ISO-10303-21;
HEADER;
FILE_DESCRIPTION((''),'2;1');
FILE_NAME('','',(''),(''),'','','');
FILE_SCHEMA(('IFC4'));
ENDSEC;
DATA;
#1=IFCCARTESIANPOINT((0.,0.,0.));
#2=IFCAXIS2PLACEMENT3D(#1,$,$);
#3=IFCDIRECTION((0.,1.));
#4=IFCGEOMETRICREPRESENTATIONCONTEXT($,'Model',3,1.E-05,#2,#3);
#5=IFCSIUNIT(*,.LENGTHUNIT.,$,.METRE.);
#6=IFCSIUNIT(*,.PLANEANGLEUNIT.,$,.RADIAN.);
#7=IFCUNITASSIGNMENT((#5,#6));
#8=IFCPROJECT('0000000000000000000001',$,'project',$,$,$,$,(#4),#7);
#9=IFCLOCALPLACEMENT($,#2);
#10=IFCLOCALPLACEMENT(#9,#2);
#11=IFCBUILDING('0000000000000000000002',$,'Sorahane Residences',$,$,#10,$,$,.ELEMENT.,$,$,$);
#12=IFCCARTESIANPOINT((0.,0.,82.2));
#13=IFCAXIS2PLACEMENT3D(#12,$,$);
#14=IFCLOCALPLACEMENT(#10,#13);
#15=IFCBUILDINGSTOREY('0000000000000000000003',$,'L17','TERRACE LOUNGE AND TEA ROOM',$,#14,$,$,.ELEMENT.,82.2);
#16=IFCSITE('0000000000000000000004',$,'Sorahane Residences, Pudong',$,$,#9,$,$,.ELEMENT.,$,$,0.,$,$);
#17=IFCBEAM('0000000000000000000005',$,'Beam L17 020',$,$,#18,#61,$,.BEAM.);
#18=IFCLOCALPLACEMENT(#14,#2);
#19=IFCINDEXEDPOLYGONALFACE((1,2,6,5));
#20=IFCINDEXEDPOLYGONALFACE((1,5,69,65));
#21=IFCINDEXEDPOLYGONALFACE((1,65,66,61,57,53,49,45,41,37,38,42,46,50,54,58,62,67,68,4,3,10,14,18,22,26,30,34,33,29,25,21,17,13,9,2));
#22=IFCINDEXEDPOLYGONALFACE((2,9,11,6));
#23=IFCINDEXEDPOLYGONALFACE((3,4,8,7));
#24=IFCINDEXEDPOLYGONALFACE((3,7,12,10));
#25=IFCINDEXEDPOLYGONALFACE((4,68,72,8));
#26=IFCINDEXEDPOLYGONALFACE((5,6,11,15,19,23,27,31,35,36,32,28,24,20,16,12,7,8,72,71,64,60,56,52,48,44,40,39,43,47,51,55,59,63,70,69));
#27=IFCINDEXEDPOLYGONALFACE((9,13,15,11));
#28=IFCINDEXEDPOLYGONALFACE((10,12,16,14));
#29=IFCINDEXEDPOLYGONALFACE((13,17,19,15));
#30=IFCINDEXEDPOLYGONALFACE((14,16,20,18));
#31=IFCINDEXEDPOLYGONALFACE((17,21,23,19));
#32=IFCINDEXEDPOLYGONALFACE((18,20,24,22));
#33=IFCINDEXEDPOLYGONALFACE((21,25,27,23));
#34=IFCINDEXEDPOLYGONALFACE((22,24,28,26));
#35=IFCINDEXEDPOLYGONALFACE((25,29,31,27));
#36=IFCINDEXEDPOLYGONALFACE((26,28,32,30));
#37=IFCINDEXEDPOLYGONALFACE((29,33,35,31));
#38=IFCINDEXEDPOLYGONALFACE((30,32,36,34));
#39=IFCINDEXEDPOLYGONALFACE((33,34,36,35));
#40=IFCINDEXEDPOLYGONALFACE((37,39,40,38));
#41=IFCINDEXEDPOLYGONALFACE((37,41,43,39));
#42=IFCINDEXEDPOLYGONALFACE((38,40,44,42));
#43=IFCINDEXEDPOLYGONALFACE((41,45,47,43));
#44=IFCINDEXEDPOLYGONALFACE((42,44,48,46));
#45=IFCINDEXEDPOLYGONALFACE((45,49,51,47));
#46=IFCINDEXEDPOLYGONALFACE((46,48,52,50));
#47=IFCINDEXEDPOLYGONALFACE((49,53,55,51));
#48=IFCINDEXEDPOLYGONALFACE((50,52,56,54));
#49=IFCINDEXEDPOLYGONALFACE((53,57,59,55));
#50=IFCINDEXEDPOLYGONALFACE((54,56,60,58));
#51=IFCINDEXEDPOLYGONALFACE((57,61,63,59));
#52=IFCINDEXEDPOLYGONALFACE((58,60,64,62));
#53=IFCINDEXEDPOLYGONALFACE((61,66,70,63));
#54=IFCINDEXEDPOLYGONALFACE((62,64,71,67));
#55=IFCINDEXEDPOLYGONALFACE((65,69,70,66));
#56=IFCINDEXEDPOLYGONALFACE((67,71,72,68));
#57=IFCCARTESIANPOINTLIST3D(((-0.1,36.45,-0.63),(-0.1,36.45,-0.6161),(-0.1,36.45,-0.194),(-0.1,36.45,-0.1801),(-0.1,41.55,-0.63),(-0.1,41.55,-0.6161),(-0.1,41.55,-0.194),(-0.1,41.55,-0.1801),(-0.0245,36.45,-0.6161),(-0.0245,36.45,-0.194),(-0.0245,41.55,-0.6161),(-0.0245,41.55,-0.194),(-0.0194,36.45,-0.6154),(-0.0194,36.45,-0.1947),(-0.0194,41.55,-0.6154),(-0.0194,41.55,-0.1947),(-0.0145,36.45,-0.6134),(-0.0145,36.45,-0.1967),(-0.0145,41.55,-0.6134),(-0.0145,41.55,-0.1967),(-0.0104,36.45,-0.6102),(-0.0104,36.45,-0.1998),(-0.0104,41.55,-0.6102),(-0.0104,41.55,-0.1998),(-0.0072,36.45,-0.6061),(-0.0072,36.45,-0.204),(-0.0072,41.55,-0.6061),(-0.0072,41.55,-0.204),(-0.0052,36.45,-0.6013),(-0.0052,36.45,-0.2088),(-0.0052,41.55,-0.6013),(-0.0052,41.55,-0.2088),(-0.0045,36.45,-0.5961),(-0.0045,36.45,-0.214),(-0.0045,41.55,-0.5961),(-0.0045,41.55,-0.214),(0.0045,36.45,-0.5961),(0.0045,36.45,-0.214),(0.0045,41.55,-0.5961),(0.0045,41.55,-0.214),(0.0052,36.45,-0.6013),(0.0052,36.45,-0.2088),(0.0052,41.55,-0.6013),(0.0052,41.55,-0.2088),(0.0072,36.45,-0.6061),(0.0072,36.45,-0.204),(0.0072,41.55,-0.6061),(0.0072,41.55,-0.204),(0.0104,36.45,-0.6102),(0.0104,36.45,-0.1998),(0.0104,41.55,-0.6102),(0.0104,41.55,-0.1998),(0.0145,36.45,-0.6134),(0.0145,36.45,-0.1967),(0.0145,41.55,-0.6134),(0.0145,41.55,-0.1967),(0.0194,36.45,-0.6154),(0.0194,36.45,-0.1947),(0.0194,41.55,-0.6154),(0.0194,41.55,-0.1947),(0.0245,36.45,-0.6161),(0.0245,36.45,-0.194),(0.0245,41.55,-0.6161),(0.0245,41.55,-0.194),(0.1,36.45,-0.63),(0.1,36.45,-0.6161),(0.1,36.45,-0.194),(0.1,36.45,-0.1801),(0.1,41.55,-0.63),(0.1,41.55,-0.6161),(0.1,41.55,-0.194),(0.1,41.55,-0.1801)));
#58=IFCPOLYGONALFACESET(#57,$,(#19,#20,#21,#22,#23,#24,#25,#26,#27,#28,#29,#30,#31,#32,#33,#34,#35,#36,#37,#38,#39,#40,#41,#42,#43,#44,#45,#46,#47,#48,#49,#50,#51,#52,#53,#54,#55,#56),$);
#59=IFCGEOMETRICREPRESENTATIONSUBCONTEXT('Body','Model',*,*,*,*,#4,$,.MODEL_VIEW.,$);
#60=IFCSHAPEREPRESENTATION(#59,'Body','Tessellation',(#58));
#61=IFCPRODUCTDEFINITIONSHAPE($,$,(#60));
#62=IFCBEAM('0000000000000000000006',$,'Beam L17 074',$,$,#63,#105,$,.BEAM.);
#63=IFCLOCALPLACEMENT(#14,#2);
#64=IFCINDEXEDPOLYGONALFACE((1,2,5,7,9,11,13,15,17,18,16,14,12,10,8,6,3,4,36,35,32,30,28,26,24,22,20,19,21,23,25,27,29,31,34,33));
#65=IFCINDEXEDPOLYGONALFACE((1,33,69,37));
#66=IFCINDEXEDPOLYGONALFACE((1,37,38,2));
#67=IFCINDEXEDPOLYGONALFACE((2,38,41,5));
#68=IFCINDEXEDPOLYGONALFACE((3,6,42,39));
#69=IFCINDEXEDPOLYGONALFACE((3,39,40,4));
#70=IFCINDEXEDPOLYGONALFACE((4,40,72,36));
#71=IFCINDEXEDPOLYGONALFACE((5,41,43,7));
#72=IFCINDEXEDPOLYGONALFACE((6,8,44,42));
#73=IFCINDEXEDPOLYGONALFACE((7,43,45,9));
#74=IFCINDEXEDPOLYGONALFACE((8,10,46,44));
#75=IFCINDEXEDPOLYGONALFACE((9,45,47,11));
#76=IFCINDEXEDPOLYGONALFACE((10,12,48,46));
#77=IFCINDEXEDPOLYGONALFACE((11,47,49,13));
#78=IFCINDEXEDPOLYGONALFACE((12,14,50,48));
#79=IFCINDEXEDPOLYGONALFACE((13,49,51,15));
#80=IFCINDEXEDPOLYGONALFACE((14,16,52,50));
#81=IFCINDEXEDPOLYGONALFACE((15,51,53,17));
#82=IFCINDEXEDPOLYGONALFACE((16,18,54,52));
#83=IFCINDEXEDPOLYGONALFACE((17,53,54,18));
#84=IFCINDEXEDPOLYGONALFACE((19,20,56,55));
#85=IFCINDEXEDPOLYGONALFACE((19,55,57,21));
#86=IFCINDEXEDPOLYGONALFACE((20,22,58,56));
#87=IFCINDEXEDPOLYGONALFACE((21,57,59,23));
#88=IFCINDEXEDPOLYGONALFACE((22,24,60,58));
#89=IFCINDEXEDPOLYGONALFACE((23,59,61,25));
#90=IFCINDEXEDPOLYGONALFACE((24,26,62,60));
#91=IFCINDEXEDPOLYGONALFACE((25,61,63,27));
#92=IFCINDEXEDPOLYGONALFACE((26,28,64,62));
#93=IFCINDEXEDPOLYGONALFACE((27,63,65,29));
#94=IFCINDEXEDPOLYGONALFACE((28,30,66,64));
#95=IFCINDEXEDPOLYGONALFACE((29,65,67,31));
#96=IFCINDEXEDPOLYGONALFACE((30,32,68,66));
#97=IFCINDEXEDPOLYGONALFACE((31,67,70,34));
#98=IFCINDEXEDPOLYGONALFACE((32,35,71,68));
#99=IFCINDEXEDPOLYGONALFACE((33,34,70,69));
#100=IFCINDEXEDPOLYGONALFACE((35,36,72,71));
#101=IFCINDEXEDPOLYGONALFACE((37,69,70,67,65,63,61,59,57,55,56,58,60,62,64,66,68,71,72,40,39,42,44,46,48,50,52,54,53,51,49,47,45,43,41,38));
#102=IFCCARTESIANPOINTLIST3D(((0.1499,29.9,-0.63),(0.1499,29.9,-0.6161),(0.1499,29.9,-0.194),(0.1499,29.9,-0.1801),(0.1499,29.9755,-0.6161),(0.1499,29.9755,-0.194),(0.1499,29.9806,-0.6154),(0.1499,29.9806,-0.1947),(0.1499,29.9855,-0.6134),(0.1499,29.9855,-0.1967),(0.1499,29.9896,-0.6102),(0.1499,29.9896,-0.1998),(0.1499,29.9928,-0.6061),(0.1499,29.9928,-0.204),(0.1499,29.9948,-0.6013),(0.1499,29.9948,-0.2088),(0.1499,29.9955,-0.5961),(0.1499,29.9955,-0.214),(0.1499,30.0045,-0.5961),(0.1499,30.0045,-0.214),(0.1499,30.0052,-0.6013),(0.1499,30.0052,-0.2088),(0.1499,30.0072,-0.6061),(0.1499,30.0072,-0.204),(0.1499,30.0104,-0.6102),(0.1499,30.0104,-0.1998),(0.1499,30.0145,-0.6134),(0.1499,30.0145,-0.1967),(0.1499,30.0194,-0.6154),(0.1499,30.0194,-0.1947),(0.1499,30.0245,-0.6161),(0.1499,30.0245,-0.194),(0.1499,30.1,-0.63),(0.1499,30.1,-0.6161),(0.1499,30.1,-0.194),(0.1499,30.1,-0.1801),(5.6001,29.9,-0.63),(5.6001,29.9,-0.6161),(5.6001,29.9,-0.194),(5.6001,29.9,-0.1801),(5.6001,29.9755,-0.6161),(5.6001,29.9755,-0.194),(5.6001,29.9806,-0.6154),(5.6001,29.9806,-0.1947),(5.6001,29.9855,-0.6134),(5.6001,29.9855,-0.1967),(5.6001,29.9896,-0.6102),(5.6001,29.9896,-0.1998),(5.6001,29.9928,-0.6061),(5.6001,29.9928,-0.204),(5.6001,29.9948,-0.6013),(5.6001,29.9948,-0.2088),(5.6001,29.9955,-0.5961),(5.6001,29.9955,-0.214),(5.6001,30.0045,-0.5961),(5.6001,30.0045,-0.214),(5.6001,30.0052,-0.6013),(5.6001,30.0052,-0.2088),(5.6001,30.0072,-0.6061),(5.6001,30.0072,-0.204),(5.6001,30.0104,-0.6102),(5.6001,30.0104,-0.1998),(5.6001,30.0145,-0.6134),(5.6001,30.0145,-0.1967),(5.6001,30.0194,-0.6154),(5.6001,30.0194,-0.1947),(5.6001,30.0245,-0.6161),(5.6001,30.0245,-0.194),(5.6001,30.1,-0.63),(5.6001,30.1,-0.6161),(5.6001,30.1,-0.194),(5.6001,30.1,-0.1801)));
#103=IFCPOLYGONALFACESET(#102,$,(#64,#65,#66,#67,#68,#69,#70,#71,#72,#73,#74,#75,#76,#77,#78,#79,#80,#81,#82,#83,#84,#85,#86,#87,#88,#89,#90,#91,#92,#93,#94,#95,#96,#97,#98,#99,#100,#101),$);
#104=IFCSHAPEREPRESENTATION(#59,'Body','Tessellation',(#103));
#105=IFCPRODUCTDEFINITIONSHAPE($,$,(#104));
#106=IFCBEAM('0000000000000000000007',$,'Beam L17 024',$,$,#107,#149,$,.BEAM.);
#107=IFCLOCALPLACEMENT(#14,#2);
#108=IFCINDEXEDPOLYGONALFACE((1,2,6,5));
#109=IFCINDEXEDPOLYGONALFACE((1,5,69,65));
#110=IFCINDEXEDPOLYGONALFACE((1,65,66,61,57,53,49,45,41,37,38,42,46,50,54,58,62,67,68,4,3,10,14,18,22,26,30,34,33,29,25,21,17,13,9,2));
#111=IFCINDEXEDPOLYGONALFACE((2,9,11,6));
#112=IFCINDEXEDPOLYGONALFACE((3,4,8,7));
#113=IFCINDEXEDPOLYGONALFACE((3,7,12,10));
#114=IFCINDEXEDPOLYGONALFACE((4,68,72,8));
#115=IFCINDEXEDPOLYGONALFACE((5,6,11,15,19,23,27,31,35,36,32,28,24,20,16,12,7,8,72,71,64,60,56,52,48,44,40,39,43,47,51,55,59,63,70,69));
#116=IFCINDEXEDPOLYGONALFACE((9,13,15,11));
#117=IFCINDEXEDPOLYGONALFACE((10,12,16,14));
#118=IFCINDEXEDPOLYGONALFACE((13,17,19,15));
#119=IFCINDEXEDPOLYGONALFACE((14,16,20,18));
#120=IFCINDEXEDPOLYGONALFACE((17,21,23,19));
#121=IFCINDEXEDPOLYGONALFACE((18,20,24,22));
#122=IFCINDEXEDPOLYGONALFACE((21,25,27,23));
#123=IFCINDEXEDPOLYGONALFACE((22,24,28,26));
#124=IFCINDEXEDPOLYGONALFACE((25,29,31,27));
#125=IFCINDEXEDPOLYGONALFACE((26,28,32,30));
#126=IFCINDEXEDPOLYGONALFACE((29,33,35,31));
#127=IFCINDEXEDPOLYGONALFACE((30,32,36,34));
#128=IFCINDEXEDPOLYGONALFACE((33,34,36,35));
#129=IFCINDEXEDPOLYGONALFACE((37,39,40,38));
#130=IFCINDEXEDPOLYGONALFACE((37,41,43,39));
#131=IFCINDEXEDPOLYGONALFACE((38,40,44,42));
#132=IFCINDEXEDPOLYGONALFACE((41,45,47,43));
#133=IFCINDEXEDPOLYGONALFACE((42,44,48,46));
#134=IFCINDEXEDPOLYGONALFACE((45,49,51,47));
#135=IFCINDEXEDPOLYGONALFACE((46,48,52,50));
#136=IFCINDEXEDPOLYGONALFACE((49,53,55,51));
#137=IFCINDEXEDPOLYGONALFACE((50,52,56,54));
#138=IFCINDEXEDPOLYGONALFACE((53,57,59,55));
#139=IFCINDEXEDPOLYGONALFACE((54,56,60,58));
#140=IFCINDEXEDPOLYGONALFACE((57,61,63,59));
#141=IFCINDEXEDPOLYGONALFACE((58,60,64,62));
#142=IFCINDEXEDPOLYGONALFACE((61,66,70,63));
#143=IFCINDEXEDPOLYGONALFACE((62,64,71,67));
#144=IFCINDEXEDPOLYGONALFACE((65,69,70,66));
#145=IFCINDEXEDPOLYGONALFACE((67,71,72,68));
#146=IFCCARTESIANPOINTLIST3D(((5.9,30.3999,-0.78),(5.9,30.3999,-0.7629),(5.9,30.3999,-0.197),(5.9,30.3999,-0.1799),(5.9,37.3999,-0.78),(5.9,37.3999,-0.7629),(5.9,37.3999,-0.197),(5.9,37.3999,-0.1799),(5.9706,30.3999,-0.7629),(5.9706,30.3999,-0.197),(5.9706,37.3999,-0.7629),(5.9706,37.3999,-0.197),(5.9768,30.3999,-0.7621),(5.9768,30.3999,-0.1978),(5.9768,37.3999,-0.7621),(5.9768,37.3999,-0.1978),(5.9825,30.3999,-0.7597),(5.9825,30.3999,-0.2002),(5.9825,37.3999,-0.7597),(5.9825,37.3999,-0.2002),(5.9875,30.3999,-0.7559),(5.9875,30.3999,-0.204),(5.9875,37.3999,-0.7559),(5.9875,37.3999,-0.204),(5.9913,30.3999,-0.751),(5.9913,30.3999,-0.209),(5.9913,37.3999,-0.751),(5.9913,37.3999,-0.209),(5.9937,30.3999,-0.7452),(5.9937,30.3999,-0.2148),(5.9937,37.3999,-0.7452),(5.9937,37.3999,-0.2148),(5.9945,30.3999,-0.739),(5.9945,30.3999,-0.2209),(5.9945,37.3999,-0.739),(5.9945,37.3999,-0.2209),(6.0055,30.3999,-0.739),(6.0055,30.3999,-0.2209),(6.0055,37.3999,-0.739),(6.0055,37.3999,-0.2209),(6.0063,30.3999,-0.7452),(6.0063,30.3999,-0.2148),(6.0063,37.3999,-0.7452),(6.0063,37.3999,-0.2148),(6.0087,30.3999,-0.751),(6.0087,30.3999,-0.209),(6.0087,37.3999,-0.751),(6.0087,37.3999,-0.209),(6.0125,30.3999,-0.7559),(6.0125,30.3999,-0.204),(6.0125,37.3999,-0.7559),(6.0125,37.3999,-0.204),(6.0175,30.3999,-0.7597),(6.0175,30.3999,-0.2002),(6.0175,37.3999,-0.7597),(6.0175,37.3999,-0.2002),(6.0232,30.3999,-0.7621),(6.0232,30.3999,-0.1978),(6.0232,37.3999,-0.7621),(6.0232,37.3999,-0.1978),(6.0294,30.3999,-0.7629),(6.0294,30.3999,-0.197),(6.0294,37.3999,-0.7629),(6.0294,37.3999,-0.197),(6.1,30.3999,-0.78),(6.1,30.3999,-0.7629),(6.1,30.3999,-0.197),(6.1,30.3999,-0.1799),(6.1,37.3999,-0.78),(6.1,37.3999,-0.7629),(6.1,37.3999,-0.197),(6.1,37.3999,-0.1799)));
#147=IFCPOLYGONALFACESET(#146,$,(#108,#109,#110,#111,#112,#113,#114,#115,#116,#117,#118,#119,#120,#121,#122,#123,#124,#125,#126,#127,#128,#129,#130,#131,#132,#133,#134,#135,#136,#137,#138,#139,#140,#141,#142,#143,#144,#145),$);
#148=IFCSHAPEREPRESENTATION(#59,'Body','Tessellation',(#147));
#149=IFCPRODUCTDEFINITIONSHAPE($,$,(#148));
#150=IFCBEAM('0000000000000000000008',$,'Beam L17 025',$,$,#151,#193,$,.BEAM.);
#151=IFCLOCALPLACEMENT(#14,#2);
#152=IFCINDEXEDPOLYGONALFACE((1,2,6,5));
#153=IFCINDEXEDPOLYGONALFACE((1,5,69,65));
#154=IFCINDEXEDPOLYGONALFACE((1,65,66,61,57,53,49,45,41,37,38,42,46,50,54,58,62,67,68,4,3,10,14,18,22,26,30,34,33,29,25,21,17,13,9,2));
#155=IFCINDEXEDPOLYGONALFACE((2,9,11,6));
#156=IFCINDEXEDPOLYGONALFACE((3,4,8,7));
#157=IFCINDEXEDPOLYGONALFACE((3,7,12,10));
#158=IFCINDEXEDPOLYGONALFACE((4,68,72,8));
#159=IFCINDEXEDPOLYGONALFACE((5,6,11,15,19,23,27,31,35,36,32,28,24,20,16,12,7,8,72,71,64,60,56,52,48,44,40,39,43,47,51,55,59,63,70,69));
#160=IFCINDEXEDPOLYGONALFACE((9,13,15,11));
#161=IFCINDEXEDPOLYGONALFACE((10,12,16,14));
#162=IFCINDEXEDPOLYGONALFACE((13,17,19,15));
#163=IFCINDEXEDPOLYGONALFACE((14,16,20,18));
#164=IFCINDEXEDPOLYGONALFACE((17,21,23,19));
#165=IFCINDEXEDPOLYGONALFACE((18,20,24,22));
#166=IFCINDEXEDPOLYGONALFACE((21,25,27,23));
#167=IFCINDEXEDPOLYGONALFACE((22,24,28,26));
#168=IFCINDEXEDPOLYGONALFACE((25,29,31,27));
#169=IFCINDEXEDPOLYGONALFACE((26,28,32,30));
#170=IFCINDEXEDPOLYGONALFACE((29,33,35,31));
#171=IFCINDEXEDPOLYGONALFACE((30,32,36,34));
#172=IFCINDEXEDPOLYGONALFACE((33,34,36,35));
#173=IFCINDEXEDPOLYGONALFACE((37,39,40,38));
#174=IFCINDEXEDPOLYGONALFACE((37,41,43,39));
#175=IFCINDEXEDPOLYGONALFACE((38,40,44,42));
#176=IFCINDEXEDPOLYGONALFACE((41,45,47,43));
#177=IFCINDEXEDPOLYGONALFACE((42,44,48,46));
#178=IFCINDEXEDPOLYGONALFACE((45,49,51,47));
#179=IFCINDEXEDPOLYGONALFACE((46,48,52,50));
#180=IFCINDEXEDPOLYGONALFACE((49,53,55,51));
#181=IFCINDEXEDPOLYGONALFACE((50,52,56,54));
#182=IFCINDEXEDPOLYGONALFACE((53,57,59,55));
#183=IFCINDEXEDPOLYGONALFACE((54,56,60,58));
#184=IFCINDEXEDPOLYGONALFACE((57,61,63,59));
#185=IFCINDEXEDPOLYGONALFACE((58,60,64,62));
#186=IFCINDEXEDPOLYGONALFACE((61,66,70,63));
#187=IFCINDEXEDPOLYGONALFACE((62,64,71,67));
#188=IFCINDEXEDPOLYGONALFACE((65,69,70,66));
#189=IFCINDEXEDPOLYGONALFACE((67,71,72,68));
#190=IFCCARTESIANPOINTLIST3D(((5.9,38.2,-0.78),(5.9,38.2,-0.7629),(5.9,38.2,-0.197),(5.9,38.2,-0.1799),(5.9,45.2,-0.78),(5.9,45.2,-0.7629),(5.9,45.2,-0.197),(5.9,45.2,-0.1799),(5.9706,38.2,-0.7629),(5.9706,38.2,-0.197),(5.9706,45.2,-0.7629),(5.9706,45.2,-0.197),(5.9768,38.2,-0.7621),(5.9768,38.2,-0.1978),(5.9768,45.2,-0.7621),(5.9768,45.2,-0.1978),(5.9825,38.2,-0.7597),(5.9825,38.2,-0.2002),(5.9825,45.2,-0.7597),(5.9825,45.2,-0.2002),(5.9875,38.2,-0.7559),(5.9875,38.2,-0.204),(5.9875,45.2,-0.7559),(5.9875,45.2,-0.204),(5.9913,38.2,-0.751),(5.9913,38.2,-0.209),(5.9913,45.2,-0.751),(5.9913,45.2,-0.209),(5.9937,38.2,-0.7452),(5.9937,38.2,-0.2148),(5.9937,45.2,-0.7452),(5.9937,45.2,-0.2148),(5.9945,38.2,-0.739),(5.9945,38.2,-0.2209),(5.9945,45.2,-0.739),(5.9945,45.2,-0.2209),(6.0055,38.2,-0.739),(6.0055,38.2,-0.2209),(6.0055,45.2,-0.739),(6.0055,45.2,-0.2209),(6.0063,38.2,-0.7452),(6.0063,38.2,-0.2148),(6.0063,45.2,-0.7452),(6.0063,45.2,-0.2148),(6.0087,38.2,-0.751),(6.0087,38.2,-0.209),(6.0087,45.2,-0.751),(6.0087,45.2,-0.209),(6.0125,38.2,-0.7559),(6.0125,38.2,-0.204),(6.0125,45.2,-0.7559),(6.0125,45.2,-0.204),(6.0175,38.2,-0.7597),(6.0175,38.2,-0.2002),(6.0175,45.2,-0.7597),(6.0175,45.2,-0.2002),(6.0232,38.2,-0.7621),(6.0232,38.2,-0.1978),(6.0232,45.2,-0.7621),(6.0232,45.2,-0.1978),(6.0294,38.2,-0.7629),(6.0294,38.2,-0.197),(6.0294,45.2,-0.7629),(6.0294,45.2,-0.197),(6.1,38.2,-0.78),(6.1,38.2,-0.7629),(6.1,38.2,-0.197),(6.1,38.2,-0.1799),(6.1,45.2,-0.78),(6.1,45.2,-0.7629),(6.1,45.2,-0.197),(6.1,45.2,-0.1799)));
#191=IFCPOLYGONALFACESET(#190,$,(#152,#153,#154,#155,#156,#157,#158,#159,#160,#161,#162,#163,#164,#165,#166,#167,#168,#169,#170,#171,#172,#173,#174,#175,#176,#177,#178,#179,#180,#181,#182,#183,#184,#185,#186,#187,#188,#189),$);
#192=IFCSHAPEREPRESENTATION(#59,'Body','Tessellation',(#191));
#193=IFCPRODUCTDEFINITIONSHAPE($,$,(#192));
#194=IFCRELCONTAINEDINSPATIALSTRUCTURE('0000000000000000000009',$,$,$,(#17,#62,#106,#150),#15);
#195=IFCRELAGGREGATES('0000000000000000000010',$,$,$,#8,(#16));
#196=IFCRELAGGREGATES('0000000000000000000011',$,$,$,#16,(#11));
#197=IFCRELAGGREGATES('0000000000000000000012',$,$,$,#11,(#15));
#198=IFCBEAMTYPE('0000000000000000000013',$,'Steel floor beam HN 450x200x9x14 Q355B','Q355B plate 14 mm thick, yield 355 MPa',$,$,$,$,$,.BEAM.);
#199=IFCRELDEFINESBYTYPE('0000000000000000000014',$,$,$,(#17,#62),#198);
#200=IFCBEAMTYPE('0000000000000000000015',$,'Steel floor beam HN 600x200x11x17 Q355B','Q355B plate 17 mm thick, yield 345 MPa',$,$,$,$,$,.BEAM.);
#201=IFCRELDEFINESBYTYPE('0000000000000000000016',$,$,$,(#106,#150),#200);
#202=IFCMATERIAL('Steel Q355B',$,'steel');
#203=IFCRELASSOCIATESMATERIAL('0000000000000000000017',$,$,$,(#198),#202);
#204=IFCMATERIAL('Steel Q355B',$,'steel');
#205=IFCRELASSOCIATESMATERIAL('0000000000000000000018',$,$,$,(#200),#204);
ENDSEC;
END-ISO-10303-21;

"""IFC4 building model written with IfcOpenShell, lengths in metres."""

from ifc_helpers import new_model, si_unit, direction, frame, origin, origin_2d, place, context, subcontext, project, spatial, i_section, extrude, material, material_profile, profile_set, type_object, element, save


model = new_model("IFC4")

# Units and contexts
model_context = context("Model", 3, precision=1e-05, world=origin(), true_north=direction((0.0, 1.0)))
body_context = subcontext(model_context, "Body", "Model", "MODEL_VIEW")
ifc_project = project(units=[si_unit("LENGTHUNIT", "METRE"), si_unit("PLANEANGLEUNIT", "RADIAN")], contexts=[model_context])

# Site, building, storey
site_placement = place(None, origin())
site = spatial("IfcSite", under=ifc_project, at=site_placement, Name="Sorahane Residences, Pudong", CompositionType="ELEMENT", RefElevation=0.0)
building_placement = place(site_placement, origin())
building = spatial("IfcBuilding", under=site, at=building_placement, Name="Sorahane Residences", CompositionType="ELEMENT")
storey_placement = place(building_placement, frame((0.0, 0.0, 82.2)))
storey = spatial("IfcBuildingStorey", under=building, at=storey_placement, Name="L17", Description="TERRACE LOUNGE AND TEA ROOM", CompositionType="ELEMENT", Elevation=82.2)

# Beams
ifc_material_1 = material(Name="Steel Q355B", Category="steel")
ifc_material_profile_1 = material_profile(ifc_material_1, i_section(OverallWidth=0.2, OverallDepth=0.45, WebThickness=0.009, FlangeThickness=0.0139, FilletRadius=0.02, at=origin_2d()), Name="HN 450x200x9x14")
ifc_profile_set_1 = profile_set([ifc_material_profile_1], Name="Steel Q355B")
beam_type_1 = type_object("IfcBeamType", Name="Steel floor beam HN 450x200x9x14 Q355B", Description="Q355B plate 14 mm thick, yield 355 MPa", PredefinedType="BEAM", material=ifc_profile_set_1)
beam_1_placement = place(storey_placement, frame((0.0, 36.45, -0.405), z_axis=(0.0, 1.0, 0.0), x_axis=(-1.0, 0.0, 0.0)))
element("IfcBeam", 1, at=beam_1_placement, inside=storey, type_object=beam_type_1, Name="Beam L17 020", PredefinedType="BEAM", context=body_context, shape_type="SweptSolid", body=[
    extrude(i_section(OverallWidth=0.2, OverallDepth=0.45, WebThickness=0.009, FlangeThickness=0.0139, FilletRadius=0.02, at=origin_2d()), origin(), (0.0, 0.0, 1.0), 5.1001),
])
beam_2_placement = place(storey_placement, frame((0.1499, 30.0, -0.405), z_axis=(1.0, 0.0, 0.0), x_axis=(0.0, 1.0, 0.0)))
element("IfcBeam", 2, at=beam_2_placement, inside=storey, type_object=beam_type_1, Name="Beam L17 074", PredefinedType="BEAM", context=body_context, shape_type="SweptSolid", body=[
    extrude(i_section(OverallWidth=0.2, OverallDepth=0.45, WebThickness=0.009, FlangeThickness=0.0139, FilletRadius=0.02, at=origin_2d()), origin(), (0.0, 0.0, 1.0), 5.4502),
])
ifc_material_2 = material(Name="Steel Q355B", Category="steel")
ifc_material_profile_2 = material_profile(ifc_material_2, i_section(OverallWidth=0.2, OverallDepth=0.6001, WebThickness=0.011, FlangeThickness=0.0171, FilletRadius=0.0239, at=origin_2d()), Name="HN 600x200x11x17")
ifc_profile_set_2 = profile_set([ifc_material_profile_2], Name="Steel Q355B")
beam_type_2 = type_object("IfcBeamType", Name="Steel floor beam HN 600x200x11x17 Q355B", Description="Q355B plate 17 mm thick, yield 345 MPa", PredefinedType="BEAM", material=ifc_profile_set_2)
for number, where, z_axis, x_axis, name in (
    (3, (6.0, 30.3999, -0.48), (0.0, 1.0, 0.0), (-1.0, 0.0, 0.0), "Beam L17 024"),
    (4, (6.0, 38.2, -0.48), (0.0, 1.0, 0.0), (-1.0, 0.0, 0.0), "Beam L17 025"),
):
    element("IfcBeam", number, at=place(storey_placement, frame(where, z_axis=z_axis, x_axis=x_axis)), inside=storey, type_object=beam_type_2, Name=name, PredefinedType="BEAM", context=body_context, shape_type="SweptSolid", body=[
        extrude(i_section(OverallWidth=0.2, OverallDepth=0.6001, WebThickness=0.011, FlangeThickness=0.0171, FilletRadius=0.0239, at=origin_2d()), origin(), (0.0, 0.0, 1.0), 7.0),
    ])

save(model, "model.ifc")
